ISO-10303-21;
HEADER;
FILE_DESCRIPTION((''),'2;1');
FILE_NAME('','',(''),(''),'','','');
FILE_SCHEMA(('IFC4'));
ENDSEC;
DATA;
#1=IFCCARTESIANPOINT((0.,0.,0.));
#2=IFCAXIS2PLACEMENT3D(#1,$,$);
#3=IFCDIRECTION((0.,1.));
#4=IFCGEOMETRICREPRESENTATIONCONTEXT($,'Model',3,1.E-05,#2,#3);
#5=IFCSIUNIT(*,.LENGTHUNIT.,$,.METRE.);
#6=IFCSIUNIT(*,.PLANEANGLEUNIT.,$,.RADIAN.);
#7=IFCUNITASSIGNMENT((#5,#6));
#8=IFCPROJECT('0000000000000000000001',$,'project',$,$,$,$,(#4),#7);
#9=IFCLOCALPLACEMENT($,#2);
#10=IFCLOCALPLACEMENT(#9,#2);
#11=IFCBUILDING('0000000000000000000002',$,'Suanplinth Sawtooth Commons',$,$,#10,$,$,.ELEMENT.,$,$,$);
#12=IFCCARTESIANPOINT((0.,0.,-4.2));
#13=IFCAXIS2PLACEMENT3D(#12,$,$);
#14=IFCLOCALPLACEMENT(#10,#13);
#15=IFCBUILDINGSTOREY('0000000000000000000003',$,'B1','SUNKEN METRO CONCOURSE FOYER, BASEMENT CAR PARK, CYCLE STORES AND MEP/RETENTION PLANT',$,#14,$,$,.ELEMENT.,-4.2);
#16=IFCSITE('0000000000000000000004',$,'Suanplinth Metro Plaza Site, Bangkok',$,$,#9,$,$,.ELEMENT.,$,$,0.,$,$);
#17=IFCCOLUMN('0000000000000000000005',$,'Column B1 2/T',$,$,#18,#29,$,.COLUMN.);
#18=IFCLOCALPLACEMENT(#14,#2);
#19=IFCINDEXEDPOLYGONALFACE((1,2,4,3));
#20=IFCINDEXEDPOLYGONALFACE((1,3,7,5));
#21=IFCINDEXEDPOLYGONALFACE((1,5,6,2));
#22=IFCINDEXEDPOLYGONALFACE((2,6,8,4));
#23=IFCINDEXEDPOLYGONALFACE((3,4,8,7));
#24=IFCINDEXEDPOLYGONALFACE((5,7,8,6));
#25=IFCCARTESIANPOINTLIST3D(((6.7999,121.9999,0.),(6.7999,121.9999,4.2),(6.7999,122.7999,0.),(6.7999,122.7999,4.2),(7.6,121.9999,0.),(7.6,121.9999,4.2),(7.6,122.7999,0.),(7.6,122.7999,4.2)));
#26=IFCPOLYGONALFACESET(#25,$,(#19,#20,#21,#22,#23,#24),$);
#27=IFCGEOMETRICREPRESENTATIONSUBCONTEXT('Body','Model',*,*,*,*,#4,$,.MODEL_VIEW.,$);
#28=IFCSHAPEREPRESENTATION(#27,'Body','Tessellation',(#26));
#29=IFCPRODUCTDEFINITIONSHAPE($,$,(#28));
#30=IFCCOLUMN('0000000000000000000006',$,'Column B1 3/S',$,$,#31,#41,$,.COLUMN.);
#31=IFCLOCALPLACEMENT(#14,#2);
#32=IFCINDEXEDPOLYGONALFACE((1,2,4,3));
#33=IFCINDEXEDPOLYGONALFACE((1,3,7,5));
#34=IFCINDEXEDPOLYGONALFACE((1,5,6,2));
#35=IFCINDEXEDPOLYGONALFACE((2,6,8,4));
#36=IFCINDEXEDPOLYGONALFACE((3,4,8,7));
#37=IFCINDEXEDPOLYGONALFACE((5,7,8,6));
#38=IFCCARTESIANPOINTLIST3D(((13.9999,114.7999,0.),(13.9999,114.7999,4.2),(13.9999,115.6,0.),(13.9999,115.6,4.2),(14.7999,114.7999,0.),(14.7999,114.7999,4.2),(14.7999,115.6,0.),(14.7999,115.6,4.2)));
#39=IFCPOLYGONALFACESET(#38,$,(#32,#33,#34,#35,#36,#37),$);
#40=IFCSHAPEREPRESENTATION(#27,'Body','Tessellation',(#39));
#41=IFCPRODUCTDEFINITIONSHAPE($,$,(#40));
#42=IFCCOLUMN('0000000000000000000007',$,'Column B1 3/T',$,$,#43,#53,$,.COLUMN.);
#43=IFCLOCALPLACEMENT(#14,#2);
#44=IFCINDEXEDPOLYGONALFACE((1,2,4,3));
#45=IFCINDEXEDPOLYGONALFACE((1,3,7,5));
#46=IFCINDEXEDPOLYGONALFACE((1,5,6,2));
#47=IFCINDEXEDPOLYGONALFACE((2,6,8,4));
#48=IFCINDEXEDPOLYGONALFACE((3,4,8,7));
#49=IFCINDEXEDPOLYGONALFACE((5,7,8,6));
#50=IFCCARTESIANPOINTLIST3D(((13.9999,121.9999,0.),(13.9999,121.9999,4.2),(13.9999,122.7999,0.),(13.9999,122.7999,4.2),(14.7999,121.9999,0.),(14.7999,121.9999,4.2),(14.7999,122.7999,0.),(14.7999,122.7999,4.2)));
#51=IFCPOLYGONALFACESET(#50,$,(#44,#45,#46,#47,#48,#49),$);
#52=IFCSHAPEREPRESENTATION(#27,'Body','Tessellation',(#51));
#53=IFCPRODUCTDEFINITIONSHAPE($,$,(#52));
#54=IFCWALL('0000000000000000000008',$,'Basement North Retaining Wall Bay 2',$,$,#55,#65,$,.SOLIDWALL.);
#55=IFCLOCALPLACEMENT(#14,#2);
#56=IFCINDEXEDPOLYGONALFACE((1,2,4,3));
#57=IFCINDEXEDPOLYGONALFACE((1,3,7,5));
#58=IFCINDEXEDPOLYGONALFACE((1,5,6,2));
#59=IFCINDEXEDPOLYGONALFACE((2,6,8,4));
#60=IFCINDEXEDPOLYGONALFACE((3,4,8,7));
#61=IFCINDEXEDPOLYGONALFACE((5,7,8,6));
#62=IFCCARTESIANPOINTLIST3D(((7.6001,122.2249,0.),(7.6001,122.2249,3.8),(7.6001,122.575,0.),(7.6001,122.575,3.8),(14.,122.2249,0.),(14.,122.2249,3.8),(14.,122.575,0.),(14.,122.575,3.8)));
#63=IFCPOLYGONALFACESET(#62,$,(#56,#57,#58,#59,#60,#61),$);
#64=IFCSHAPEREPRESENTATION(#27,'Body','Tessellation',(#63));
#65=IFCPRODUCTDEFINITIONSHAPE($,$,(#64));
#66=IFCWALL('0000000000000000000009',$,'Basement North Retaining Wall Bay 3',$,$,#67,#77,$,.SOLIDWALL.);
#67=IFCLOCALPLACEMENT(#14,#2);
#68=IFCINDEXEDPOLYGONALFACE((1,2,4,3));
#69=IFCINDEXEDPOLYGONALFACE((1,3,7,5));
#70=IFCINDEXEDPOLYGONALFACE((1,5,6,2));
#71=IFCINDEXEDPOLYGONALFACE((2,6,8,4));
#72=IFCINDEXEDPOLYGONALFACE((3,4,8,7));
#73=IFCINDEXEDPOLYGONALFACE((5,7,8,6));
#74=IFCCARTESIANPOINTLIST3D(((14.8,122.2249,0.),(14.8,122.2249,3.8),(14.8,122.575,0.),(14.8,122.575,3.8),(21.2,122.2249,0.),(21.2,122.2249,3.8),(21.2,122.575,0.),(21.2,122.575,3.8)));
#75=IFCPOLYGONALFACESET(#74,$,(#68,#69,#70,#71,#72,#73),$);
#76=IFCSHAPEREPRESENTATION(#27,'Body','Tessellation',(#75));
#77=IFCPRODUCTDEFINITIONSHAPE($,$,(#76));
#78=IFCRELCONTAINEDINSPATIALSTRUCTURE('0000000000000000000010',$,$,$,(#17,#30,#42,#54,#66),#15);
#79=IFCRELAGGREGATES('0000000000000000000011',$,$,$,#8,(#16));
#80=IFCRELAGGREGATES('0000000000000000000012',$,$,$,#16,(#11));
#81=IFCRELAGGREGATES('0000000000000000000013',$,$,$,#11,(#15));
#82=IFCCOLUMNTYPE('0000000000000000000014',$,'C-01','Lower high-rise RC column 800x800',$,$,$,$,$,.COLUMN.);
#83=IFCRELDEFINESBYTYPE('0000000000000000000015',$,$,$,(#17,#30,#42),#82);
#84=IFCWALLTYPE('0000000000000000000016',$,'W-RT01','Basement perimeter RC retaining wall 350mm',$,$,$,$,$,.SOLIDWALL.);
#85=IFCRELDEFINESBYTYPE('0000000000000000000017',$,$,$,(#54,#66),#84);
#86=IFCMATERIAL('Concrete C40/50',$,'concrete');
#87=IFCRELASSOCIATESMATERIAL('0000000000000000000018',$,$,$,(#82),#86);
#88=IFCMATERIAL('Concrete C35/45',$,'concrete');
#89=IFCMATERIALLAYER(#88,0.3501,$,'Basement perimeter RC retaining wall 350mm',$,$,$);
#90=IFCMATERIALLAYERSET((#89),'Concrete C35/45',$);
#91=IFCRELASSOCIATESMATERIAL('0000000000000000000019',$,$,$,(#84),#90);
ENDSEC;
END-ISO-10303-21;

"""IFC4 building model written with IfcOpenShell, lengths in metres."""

from ifc_helpers import new_model, si_unit, direction, frame, frame_2d, origin, origin_2d, place, context, subcontext, project, spatial, rectangle, extrude, material, layer, layer_set, material_profile, profile_set, type_object, element, save


model = new_model("IFC4")

# Units and contexts
model_context = context("Model", 3, precision=1e-05, world=origin(), true_north=direction((0.0, 1.0)))
body_context = subcontext(model_context, "Body", "Model", "MODEL_VIEW")
ifc_project = project(units=[si_unit("LENGTHUNIT", "METRE"), si_unit("PLANEANGLEUNIT", "RADIAN")], contexts=[model_context])

# Site, building, storey
site_placement = place(None, origin())
site = spatial("IfcSite", under=ifc_project, at=site_placement, Name="Suanplinth Metro Plaza Site, Bangkok", CompositionType="ELEMENT", RefElevation=0.0)
building_placement = place(site_placement, origin())
building = spatial("IfcBuilding", under=site, at=building_placement, Name="Suanplinth Sawtooth Commons", CompositionType="ELEMENT")
storey_placement = place(building_placement, frame((0.0, 0.0, -4.2)))
storey = spatial("IfcBuildingStorey", under=building, at=storey_placement, Name="B1", Description="SUNKEN METRO CONCOURSE FOYER, BASEMENT CAR PARK, CYCLE STORES AND MEP/RETENTION PLANT", CompositionType="ELEMENT", Elevation=-4.2)

# Shared definitions
ifc_material_1 = material(Name="Concrete C35/45", Category="concrete")

# Columns
ifc_material_2 = material(Name="Concrete C40/50", Category="concrete")
ifc_material_profile_1 = material_profile(ifc_material_2, rectangle(XDim=0.8, YDim=0.8, at=origin_2d()), Name="RC-COL 800x800")
ifc_profile_set_1 = profile_set([ifc_material_profile_1], Name="Concrete C40/50")
column_type = type_object("IfcColumnType", Name="C-01", Description="Lower high-rise RC column 800x800", PredefinedType="COLUMN", material=ifc_profile_set_1)
for number, where, z_axis, x_axis, name in (
    (1, (7.2, 122.3999, 0.0), (0.0, 0.0, 1.0), (1.0, 0.0, 0.0), "Column B1 2/T"),
    (2, (14.3999, 115.2, 0.0), (0.0, 0.0, 1.0), (1.0, 0.0, 0.0), "Column B1 3/S"),
    (3, (14.3999, 122.3999, 0.0), (0.0, 0.0, 1.0), (1.0, 0.0, 0.0), "Column B1 3/T"),
):
    element("IfcColumn", number, at=place(storey_placement, frame(where, z_axis=z_axis, x_axis=x_axis)), inside=storey, type_object=column_type, Name=name, PredefinedType="COLUMN", context=body_context, shape_type="SweptSolid", body=[
        extrude(rectangle(XDim=0.8, YDim=0.8, at=origin_2d()), origin(), (0.0, 0.0, 1.0), 4.2),
    ])

# Walls
ifc_layer = layer(ifc_material_1, 0.3501, Name="Basement perimeter RC retaining wall 350mm")
ifc_layer_set = layer_set([ifc_layer], Name="Concrete C35/45")
wall_type = type_object("IfcWallType", Name="W-RT01", Description="Basement perimeter RC retaining wall 350mm", PredefinedType="SOLIDWALL", material=ifc_layer_set)
for number, where, z_axis, x_axis, name in (
    (4, (7.6001, 122.3999, 0.0), (0.0, 0.0, 1.0), (1.0, 0.0, 0.0), "Basement North Retaining Wall Bay 2"),
    (5, (14.8, 122.3999, 0.0), (0.0, 0.0, 1.0), (1.0, 0.0, 0.0), "Basement North Retaining Wall Bay 3"),
):
    element("IfcWall", number, at=place(storey_placement, frame(where, z_axis=z_axis, x_axis=x_axis)), inside=storey, type_object=wall_type, Name=name, PredefinedType="SOLIDWALL", context=body_context, shape_type="SweptSolid", body=[
        extrude(rectangle(XDim=6.3999, YDim=0.3501, at=frame_2d((3.2, 0.0))), origin(), (0.0, 0.0, 1.0), 3.8),
    ])

save(model, "model.ifc")
